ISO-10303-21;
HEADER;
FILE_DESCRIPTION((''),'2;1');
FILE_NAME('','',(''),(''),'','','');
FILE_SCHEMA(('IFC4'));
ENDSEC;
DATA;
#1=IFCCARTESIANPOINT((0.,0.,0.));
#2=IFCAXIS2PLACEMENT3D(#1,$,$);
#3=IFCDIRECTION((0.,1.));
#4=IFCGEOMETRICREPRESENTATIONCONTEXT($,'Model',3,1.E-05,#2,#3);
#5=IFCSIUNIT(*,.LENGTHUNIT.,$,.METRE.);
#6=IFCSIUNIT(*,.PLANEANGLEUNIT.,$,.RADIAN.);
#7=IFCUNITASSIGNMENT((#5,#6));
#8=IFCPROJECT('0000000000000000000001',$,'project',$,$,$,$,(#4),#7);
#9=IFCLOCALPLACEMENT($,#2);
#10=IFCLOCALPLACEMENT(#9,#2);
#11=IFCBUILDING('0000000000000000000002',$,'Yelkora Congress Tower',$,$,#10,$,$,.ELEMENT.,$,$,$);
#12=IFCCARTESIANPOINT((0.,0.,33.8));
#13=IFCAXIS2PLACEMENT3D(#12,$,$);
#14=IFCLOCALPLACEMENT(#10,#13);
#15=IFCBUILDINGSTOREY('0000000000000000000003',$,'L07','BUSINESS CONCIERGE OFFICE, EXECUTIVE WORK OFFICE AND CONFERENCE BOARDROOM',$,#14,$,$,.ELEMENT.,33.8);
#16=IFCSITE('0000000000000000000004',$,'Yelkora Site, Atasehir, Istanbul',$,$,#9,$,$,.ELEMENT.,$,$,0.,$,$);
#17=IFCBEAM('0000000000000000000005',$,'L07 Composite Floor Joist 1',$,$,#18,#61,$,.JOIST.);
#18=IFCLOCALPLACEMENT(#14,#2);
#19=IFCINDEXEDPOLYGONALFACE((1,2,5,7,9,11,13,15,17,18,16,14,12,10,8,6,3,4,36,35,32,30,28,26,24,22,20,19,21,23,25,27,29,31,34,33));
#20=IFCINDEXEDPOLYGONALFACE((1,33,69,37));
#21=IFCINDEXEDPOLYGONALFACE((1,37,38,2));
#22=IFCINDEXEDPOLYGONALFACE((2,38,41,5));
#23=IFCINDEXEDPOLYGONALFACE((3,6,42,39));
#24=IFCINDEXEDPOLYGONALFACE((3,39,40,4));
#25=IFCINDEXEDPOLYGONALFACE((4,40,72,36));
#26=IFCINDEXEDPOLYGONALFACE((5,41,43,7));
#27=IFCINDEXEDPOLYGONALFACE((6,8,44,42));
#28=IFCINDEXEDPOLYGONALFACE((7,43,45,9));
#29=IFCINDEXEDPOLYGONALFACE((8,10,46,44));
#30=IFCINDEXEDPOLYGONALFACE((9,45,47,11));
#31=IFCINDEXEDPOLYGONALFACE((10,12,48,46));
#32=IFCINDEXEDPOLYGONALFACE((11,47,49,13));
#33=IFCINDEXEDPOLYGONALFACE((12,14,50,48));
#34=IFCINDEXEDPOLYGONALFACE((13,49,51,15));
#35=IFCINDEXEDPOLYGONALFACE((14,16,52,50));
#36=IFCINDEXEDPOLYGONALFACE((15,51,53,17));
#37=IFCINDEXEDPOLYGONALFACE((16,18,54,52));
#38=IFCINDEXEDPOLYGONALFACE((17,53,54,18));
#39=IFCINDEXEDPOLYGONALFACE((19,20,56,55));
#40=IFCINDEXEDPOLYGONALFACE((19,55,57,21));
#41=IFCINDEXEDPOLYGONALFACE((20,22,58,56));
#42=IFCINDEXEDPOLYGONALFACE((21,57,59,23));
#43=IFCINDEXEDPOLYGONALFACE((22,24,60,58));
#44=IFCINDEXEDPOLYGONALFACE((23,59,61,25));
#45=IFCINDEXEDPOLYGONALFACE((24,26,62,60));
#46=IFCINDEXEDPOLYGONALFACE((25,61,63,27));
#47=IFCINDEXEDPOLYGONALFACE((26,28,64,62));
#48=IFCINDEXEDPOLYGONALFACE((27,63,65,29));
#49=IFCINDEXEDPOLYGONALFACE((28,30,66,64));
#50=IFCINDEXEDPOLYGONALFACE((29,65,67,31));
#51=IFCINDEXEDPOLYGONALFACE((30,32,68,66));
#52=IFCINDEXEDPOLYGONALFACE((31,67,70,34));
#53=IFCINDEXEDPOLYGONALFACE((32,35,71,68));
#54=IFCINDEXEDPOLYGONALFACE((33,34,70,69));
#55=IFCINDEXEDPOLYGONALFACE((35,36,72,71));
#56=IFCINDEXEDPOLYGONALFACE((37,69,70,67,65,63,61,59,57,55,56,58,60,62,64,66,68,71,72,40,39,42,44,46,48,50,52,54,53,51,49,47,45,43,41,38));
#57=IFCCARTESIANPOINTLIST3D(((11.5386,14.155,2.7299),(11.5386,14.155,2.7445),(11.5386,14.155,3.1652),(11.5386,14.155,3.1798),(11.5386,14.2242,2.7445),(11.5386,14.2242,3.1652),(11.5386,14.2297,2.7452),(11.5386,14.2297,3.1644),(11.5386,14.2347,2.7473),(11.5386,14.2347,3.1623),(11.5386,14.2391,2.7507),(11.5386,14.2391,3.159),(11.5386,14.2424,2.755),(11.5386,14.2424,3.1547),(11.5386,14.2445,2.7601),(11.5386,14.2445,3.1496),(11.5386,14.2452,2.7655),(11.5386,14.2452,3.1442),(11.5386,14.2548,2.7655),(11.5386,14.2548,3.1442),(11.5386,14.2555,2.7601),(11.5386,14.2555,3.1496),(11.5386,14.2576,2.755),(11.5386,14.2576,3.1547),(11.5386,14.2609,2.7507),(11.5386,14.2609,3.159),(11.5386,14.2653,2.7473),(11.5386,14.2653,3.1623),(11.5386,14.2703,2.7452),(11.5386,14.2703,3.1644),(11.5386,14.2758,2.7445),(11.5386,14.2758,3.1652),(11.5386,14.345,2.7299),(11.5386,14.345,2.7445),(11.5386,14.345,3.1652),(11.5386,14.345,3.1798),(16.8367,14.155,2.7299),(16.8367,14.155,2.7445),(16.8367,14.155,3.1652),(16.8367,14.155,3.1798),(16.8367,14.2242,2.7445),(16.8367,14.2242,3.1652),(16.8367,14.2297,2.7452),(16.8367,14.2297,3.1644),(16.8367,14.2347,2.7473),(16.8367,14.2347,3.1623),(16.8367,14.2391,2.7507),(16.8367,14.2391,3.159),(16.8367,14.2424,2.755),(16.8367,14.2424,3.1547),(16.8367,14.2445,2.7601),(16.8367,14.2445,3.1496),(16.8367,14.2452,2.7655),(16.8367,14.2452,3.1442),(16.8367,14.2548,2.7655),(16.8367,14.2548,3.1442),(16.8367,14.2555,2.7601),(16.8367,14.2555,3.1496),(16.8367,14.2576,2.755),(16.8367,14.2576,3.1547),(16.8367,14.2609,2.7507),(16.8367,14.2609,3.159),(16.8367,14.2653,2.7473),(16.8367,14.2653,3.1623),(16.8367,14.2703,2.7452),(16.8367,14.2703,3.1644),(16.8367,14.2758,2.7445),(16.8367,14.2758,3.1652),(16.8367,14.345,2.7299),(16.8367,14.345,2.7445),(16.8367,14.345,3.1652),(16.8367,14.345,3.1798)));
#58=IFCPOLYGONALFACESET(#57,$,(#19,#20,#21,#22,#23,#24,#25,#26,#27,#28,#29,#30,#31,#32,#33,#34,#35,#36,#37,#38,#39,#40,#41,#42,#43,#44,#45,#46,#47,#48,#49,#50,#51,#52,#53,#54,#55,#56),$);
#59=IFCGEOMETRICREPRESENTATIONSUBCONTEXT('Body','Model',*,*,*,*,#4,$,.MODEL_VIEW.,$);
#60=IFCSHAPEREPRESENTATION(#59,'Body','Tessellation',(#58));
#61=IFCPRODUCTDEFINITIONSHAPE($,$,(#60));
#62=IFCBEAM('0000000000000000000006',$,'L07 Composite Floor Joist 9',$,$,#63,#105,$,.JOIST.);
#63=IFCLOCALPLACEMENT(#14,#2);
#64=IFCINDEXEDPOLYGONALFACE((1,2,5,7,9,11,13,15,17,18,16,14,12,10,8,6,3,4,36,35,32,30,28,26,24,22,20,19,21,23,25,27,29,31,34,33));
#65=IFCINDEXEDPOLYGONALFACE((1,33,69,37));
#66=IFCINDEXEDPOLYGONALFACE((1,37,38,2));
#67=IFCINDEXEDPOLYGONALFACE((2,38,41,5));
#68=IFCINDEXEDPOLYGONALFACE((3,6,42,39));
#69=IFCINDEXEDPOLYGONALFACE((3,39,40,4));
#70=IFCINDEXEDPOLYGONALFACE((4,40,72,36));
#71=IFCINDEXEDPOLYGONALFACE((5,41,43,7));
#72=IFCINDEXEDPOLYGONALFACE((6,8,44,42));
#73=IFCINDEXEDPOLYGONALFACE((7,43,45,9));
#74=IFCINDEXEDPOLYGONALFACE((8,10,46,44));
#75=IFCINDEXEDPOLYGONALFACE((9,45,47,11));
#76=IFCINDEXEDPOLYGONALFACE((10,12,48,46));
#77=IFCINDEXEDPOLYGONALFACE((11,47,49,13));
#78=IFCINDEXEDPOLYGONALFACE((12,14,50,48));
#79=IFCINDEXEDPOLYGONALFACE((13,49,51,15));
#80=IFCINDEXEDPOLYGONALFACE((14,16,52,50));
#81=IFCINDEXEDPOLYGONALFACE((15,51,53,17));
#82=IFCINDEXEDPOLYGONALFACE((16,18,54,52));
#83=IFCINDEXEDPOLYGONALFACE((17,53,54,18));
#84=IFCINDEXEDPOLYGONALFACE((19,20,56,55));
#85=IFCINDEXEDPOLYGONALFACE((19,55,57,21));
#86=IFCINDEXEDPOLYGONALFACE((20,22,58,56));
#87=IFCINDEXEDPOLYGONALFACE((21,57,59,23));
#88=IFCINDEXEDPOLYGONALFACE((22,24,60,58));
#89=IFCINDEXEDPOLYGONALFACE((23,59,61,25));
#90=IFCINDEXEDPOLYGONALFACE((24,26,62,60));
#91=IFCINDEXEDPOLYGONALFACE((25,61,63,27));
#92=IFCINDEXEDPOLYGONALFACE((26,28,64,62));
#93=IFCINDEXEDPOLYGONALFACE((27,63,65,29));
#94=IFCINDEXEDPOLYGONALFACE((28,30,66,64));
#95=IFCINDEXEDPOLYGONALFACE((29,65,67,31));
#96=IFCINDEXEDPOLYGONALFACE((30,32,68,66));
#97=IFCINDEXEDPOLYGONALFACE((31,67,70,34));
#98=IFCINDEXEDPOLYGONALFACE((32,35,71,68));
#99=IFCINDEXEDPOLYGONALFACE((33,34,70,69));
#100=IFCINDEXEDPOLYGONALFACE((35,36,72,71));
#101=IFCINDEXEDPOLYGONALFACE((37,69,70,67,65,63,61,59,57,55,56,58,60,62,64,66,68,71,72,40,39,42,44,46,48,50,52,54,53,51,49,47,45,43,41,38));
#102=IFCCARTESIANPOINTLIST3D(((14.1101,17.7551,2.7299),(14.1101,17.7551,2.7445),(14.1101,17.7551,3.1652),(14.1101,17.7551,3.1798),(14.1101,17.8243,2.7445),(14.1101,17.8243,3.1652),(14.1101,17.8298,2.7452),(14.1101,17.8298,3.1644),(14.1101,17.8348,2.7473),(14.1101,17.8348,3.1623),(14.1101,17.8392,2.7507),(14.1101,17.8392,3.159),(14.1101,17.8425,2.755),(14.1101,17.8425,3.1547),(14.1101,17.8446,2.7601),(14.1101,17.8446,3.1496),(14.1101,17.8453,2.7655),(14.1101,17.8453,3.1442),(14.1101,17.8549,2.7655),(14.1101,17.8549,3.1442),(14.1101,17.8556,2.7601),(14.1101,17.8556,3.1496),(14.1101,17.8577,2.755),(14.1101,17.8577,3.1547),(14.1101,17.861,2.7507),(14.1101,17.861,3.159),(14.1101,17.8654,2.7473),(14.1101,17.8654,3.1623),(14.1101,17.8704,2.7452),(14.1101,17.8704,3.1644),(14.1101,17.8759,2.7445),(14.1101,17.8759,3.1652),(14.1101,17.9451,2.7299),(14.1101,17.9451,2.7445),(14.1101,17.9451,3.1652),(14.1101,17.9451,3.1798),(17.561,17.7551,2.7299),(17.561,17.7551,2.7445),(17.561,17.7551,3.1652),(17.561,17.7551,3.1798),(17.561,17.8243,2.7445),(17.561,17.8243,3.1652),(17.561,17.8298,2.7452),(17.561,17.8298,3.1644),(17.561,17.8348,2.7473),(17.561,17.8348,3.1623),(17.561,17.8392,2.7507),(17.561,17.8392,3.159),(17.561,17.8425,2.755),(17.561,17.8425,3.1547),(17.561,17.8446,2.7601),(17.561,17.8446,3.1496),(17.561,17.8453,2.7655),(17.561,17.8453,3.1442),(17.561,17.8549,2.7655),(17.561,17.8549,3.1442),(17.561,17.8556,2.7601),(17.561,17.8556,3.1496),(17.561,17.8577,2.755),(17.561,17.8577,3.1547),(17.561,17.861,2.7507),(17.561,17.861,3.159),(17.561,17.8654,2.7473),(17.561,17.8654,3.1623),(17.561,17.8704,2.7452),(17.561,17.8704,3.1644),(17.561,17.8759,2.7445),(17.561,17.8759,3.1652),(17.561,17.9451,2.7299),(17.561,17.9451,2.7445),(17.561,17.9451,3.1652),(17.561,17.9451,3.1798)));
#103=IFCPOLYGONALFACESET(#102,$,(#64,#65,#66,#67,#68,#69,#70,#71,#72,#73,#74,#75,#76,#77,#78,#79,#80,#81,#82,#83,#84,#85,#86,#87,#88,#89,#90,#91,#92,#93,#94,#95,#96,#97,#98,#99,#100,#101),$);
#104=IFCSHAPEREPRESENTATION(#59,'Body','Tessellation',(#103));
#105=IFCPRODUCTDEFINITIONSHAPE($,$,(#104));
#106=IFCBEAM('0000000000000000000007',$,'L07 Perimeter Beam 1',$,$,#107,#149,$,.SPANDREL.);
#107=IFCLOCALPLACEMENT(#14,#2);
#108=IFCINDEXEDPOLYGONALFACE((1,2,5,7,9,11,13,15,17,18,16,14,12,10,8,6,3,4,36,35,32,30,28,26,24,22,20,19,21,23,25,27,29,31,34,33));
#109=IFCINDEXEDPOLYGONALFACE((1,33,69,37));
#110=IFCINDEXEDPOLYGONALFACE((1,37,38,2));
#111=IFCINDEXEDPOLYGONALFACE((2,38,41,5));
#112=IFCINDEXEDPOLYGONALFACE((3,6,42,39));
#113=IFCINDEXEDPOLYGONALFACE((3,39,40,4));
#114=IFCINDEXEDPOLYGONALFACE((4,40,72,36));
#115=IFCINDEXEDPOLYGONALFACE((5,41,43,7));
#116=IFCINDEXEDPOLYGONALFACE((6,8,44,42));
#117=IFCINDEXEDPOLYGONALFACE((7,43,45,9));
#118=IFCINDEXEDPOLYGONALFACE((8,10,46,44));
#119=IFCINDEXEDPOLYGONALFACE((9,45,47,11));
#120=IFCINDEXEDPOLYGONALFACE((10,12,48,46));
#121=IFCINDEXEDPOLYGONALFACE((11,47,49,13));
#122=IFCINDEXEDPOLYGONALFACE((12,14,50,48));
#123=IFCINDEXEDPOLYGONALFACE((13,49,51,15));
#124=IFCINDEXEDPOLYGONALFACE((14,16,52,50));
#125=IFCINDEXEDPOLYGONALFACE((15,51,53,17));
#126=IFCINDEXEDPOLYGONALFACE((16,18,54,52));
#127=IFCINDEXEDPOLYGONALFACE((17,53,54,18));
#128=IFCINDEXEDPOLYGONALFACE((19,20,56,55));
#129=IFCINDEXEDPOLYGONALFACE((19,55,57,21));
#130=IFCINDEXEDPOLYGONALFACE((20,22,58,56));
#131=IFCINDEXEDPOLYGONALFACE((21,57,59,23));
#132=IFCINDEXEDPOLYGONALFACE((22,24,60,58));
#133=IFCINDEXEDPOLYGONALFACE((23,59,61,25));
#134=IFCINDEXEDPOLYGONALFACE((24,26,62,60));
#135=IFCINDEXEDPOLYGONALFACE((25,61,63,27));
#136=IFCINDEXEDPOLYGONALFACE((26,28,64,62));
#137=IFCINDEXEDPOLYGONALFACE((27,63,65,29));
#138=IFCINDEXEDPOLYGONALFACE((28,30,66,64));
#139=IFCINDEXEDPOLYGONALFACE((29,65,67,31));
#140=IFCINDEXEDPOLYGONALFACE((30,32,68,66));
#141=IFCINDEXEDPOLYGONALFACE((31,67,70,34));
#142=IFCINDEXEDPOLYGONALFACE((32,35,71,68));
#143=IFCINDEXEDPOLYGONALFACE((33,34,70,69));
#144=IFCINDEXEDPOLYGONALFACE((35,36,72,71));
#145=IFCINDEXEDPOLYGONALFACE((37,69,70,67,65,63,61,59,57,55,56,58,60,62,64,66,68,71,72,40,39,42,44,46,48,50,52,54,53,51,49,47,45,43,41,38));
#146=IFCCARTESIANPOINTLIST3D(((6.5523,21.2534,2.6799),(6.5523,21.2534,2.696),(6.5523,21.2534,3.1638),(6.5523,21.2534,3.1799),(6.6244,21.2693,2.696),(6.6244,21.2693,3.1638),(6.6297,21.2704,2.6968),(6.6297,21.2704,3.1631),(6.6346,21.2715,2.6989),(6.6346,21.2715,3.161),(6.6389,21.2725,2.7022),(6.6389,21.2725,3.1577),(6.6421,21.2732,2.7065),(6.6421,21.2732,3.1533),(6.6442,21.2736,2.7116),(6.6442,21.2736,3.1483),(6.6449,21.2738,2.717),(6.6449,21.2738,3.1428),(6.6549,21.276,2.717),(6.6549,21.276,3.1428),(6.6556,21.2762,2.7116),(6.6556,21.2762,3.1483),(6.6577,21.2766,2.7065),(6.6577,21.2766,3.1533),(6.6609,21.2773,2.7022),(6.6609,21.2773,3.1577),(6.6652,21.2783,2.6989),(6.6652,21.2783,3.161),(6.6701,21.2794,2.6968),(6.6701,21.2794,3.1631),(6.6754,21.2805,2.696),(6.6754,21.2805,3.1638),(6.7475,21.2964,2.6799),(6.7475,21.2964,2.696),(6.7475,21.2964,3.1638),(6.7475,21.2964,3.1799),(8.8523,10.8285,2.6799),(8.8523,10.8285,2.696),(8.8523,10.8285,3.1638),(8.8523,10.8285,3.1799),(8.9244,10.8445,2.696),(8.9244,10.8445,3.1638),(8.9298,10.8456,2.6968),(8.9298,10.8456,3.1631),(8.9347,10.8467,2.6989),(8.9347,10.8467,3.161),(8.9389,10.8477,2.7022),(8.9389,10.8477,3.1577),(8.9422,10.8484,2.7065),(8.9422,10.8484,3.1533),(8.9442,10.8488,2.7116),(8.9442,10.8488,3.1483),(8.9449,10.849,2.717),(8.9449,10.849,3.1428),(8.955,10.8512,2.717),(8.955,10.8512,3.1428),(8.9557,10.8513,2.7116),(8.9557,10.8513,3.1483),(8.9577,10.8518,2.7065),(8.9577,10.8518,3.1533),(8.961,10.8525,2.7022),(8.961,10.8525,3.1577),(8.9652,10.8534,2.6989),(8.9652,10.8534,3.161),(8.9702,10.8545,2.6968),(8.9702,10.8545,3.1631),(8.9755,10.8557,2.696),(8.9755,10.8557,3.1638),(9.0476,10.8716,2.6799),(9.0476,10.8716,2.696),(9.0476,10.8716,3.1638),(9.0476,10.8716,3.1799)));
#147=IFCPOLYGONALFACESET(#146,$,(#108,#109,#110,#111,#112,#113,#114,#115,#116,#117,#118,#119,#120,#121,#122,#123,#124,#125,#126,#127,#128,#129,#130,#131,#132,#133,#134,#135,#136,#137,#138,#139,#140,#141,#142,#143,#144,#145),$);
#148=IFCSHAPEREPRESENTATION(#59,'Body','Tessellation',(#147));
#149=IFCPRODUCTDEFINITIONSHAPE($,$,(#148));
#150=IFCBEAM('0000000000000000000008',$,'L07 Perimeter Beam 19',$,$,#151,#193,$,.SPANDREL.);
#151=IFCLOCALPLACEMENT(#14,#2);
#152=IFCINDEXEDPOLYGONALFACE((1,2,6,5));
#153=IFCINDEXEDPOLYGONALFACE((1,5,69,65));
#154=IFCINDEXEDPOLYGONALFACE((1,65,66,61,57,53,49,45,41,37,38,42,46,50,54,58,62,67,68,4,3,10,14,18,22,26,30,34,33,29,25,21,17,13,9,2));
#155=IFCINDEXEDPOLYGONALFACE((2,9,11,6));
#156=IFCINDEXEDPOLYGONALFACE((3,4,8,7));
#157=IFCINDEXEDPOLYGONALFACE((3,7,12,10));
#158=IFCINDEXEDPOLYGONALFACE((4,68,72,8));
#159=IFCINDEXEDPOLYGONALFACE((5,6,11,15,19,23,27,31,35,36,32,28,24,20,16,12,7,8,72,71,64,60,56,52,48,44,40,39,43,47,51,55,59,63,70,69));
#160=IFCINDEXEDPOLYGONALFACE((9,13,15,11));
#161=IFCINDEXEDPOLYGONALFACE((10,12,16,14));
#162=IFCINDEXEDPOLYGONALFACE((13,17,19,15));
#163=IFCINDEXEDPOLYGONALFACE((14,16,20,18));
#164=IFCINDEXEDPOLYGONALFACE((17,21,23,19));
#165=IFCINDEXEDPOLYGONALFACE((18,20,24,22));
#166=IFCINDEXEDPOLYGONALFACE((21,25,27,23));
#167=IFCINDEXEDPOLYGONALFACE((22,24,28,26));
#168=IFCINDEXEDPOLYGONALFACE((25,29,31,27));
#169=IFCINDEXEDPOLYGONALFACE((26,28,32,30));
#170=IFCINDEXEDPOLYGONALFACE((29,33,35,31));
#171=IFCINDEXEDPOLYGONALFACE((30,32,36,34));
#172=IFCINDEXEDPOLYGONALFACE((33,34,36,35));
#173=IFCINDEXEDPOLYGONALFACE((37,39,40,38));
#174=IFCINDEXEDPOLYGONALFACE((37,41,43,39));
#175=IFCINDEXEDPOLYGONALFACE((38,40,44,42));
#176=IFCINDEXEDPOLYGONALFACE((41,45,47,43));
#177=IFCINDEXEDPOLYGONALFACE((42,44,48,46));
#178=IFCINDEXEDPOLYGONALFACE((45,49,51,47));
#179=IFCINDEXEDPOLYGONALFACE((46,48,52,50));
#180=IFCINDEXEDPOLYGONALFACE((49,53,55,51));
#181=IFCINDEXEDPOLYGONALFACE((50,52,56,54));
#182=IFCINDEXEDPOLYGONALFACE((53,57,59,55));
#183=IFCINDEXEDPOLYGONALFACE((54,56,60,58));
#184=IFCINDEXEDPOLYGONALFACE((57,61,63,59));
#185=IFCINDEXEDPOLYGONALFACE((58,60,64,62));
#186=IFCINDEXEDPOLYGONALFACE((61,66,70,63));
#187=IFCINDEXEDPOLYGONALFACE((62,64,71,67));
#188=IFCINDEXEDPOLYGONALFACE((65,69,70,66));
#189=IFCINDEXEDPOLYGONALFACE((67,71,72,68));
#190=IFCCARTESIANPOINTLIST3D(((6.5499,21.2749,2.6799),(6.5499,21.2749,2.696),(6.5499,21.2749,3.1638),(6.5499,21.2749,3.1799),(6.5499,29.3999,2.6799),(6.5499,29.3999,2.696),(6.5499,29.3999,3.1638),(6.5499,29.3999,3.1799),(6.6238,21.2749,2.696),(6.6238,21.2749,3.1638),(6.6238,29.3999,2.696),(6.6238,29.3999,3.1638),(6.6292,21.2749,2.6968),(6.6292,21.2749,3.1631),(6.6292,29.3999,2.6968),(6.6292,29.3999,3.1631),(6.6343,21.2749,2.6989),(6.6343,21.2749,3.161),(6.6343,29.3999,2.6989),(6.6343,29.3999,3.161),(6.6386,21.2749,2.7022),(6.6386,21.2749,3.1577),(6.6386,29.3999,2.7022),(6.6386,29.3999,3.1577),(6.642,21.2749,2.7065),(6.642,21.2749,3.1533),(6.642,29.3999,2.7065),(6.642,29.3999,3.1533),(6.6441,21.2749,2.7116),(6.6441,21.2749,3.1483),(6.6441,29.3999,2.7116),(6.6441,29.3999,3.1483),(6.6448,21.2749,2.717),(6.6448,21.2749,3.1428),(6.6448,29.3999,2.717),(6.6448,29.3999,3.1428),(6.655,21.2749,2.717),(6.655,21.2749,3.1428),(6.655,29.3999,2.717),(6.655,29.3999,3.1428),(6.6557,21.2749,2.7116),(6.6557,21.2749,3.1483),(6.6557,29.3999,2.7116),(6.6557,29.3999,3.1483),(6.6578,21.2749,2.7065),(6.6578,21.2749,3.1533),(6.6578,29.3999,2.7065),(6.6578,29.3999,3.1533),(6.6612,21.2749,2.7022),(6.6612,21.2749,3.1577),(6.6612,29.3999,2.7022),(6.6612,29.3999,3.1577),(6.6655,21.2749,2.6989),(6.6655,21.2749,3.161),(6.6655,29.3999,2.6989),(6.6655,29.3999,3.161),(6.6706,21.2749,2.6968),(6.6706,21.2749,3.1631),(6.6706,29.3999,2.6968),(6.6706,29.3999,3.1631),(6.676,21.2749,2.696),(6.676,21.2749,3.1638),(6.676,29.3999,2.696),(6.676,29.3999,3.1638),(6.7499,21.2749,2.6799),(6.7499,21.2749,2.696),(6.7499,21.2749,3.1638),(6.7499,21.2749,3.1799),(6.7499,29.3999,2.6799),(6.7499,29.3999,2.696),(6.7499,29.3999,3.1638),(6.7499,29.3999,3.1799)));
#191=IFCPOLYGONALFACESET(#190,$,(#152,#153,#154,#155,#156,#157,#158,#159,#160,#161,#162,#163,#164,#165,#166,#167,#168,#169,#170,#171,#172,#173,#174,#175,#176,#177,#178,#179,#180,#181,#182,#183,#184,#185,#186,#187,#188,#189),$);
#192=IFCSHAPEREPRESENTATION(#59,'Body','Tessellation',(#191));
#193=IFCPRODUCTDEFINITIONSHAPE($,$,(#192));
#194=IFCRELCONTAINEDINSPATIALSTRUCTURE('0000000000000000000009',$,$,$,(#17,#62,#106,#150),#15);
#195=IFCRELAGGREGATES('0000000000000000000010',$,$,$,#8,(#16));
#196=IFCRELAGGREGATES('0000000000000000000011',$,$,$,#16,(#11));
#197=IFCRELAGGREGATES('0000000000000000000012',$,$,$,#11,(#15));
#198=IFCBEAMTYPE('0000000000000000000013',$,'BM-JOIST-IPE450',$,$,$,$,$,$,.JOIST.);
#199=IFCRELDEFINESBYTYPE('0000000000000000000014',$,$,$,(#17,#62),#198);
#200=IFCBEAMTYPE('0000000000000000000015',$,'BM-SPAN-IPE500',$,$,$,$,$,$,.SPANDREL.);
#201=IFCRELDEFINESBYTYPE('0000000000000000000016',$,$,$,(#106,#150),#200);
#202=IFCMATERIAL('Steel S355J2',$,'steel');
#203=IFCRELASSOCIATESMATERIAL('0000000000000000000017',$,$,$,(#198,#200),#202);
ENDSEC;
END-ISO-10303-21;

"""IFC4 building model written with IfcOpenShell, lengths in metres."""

from ifc_helpers import new_model, si_unit, direction, frame, origin, origin_2d, place, context, subcontext, project, spatial, i_section, extrude, material, material_profile, profile_set, type_object, element, save


model = new_model("IFC4")

# Units and contexts
model_context = context("Model", 3, precision=1e-05, world=origin(), true_north=direction((0.0, 1.0)))
body_context = subcontext(model_context, "Body", "Model", "MODEL_VIEW")
ifc_project = project(units=[si_unit("LENGTHUNIT", "METRE"), si_unit("PLANEANGLEUNIT", "RADIAN")], contexts=[model_context])

# Site, building, storey
site_placement = place(None, origin())
site = spatial("IfcSite", under=ifc_project, at=site_placement, Name="Yelkora Site, Atasehir, Istanbul", CompositionType="ELEMENT", RefElevation=0.0)
building_placement = place(site_placement, origin())
building = spatial("IfcBuilding", under=site, at=building_placement, Name="Yelkora Congress Tower", CompositionType="ELEMENT")
storey_placement = place(building_placement, frame((0.0, 0.0, 33.8)))
storey = spatial("IfcBuildingStorey", under=building, at=storey_placement, Name="L07", Description="BUSINESS CONCIERGE OFFICE, EXECUTIVE WORK OFFICE AND CONFERENCE BOARDROOM", CompositionType="ELEMENT", Elevation=33.8)

# Beams
ifc_material_1 = material(Name="Steel S355J2", Category="steel")
ifc_material_profile_1 = material_profile(ifc_material_1, i_section(OverallWidth=0.1899, OverallDepth=0.45, WebThickness=0.0095, FlangeThickness=0.0146, FilletRadius=0.021, at=origin_2d()), Name="IPE 450")
ifc_profile_set_1 = profile_set([ifc_material_profile_1], Name="Steel S355J2")
beam_type_1 = type_object("IfcBeamType", Name="BM-JOIST-IPE450", PredefinedType="JOIST", material=ifc_profile_set_1)
beam_1_placement = place(storey_placement, frame((11.5386, 14.25, 2.9548), z_axis=(1.0, 0.0, 0.0), x_axis=(0.0, 1.0, 0.0)))
element("IfcBeam", 1, at=beam_1_placement, inside=storey, type_object=beam_type_1, Name="L07 Composite Floor Joist 1", PredefinedType="JOIST", context=body_context, shape_type="SweptSolid", body=[
    extrude(i_section(OverallWidth=0.1899, OverallDepth=0.45, WebThickness=0.0095, FlangeThickness=0.0146, FilletRadius=0.021, at=origin_2d()), origin(), (0.0, 0.0, 1.0), 5.2981),
])
beam_2_placement = place(storey_placement, frame((14.1101, 17.8501, 2.9548), z_axis=(1.0, 0.0, 0.0), x_axis=(0.0, 1.0, 0.0)))
element("IfcBeam", 2, at=beam_2_placement, inside=storey, type_object=beam_type_1, Name="L07 Composite Floor Joist 9", PredefinedType="JOIST", context=body_context, shape_type="SweptSolid", body=[
    extrude(i_section(OverallWidth=0.1899, OverallDepth=0.45, WebThickness=0.0095, FlangeThickness=0.0146, FilletRadius=0.021, at=origin_2d()), origin(), (0.0, 0.0, 1.0), 3.4509),
])
ifc_material_profile_2 = material_profile(ifc_material_1, i_section(OverallWidth=0.2, OverallDepth=0.5, WebThickness=0.0103, FlangeThickness=0.0161, FilletRadius=0.021, at=origin_2d()), Name="IPE 500")
ifc_profile_set_2 = profile_set([ifc_material_profile_2], Name="Steel S355J2")
beam_type_2 = type_object("IfcBeamType", Name="BM-SPAN-IPE500", PredefinedType="SPANDREL", material=ifc_profile_set_2)
beam_3_placement = place(storey_placement, frame((6.6499, 21.2749, 2.9299), z_axis=(0.215451, -0.976515, 0.0), x_axis=(0.976515, 0.215451, 0.0)))
element("IfcBeam", 3, at=beam_3_placement, inside=storey, type_object=beam_type_2, Name="L07 Perimeter Beam 1", PredefinedType="SPANDREL", context=body_context, shape_type="SweptSolid", body=[
    extrude(i_section(OverallWidth=0.2, OverallDepth=0.5, WebThickness=0.0103, FlangeThickness=0.0161, FilletRadius=0.021, at=origin_2d()), origin(), (0.0, 0.0, 1.0), 10.6755),
])
beam_4_placement = place(storey_placement, frame((6.6499, 29.3999, 2.9299), z_axis=(0.0, -1.0, 0.0), x_axis=(1.0, 0.0, 0.0)))
element("IfcBeam", 4, at=beam_4_placement, inside=storey, type_object=beam_type_2, Name="L07 Perimeter Beam 19", PredefinedType="SPANDREL", context=body_context, shape_type="SweptSolid", body=[
    extrude(i_section(OverallWidth=0.2, OverallDepth=0.5, WebThickness=0.0103, FlangeThickness=0.0161, FilletRadius=0.021, at=origin_2d()), origin(), (0.0, 0.0, 1.0), 8.125),
])

save(model, "model.ifc")
